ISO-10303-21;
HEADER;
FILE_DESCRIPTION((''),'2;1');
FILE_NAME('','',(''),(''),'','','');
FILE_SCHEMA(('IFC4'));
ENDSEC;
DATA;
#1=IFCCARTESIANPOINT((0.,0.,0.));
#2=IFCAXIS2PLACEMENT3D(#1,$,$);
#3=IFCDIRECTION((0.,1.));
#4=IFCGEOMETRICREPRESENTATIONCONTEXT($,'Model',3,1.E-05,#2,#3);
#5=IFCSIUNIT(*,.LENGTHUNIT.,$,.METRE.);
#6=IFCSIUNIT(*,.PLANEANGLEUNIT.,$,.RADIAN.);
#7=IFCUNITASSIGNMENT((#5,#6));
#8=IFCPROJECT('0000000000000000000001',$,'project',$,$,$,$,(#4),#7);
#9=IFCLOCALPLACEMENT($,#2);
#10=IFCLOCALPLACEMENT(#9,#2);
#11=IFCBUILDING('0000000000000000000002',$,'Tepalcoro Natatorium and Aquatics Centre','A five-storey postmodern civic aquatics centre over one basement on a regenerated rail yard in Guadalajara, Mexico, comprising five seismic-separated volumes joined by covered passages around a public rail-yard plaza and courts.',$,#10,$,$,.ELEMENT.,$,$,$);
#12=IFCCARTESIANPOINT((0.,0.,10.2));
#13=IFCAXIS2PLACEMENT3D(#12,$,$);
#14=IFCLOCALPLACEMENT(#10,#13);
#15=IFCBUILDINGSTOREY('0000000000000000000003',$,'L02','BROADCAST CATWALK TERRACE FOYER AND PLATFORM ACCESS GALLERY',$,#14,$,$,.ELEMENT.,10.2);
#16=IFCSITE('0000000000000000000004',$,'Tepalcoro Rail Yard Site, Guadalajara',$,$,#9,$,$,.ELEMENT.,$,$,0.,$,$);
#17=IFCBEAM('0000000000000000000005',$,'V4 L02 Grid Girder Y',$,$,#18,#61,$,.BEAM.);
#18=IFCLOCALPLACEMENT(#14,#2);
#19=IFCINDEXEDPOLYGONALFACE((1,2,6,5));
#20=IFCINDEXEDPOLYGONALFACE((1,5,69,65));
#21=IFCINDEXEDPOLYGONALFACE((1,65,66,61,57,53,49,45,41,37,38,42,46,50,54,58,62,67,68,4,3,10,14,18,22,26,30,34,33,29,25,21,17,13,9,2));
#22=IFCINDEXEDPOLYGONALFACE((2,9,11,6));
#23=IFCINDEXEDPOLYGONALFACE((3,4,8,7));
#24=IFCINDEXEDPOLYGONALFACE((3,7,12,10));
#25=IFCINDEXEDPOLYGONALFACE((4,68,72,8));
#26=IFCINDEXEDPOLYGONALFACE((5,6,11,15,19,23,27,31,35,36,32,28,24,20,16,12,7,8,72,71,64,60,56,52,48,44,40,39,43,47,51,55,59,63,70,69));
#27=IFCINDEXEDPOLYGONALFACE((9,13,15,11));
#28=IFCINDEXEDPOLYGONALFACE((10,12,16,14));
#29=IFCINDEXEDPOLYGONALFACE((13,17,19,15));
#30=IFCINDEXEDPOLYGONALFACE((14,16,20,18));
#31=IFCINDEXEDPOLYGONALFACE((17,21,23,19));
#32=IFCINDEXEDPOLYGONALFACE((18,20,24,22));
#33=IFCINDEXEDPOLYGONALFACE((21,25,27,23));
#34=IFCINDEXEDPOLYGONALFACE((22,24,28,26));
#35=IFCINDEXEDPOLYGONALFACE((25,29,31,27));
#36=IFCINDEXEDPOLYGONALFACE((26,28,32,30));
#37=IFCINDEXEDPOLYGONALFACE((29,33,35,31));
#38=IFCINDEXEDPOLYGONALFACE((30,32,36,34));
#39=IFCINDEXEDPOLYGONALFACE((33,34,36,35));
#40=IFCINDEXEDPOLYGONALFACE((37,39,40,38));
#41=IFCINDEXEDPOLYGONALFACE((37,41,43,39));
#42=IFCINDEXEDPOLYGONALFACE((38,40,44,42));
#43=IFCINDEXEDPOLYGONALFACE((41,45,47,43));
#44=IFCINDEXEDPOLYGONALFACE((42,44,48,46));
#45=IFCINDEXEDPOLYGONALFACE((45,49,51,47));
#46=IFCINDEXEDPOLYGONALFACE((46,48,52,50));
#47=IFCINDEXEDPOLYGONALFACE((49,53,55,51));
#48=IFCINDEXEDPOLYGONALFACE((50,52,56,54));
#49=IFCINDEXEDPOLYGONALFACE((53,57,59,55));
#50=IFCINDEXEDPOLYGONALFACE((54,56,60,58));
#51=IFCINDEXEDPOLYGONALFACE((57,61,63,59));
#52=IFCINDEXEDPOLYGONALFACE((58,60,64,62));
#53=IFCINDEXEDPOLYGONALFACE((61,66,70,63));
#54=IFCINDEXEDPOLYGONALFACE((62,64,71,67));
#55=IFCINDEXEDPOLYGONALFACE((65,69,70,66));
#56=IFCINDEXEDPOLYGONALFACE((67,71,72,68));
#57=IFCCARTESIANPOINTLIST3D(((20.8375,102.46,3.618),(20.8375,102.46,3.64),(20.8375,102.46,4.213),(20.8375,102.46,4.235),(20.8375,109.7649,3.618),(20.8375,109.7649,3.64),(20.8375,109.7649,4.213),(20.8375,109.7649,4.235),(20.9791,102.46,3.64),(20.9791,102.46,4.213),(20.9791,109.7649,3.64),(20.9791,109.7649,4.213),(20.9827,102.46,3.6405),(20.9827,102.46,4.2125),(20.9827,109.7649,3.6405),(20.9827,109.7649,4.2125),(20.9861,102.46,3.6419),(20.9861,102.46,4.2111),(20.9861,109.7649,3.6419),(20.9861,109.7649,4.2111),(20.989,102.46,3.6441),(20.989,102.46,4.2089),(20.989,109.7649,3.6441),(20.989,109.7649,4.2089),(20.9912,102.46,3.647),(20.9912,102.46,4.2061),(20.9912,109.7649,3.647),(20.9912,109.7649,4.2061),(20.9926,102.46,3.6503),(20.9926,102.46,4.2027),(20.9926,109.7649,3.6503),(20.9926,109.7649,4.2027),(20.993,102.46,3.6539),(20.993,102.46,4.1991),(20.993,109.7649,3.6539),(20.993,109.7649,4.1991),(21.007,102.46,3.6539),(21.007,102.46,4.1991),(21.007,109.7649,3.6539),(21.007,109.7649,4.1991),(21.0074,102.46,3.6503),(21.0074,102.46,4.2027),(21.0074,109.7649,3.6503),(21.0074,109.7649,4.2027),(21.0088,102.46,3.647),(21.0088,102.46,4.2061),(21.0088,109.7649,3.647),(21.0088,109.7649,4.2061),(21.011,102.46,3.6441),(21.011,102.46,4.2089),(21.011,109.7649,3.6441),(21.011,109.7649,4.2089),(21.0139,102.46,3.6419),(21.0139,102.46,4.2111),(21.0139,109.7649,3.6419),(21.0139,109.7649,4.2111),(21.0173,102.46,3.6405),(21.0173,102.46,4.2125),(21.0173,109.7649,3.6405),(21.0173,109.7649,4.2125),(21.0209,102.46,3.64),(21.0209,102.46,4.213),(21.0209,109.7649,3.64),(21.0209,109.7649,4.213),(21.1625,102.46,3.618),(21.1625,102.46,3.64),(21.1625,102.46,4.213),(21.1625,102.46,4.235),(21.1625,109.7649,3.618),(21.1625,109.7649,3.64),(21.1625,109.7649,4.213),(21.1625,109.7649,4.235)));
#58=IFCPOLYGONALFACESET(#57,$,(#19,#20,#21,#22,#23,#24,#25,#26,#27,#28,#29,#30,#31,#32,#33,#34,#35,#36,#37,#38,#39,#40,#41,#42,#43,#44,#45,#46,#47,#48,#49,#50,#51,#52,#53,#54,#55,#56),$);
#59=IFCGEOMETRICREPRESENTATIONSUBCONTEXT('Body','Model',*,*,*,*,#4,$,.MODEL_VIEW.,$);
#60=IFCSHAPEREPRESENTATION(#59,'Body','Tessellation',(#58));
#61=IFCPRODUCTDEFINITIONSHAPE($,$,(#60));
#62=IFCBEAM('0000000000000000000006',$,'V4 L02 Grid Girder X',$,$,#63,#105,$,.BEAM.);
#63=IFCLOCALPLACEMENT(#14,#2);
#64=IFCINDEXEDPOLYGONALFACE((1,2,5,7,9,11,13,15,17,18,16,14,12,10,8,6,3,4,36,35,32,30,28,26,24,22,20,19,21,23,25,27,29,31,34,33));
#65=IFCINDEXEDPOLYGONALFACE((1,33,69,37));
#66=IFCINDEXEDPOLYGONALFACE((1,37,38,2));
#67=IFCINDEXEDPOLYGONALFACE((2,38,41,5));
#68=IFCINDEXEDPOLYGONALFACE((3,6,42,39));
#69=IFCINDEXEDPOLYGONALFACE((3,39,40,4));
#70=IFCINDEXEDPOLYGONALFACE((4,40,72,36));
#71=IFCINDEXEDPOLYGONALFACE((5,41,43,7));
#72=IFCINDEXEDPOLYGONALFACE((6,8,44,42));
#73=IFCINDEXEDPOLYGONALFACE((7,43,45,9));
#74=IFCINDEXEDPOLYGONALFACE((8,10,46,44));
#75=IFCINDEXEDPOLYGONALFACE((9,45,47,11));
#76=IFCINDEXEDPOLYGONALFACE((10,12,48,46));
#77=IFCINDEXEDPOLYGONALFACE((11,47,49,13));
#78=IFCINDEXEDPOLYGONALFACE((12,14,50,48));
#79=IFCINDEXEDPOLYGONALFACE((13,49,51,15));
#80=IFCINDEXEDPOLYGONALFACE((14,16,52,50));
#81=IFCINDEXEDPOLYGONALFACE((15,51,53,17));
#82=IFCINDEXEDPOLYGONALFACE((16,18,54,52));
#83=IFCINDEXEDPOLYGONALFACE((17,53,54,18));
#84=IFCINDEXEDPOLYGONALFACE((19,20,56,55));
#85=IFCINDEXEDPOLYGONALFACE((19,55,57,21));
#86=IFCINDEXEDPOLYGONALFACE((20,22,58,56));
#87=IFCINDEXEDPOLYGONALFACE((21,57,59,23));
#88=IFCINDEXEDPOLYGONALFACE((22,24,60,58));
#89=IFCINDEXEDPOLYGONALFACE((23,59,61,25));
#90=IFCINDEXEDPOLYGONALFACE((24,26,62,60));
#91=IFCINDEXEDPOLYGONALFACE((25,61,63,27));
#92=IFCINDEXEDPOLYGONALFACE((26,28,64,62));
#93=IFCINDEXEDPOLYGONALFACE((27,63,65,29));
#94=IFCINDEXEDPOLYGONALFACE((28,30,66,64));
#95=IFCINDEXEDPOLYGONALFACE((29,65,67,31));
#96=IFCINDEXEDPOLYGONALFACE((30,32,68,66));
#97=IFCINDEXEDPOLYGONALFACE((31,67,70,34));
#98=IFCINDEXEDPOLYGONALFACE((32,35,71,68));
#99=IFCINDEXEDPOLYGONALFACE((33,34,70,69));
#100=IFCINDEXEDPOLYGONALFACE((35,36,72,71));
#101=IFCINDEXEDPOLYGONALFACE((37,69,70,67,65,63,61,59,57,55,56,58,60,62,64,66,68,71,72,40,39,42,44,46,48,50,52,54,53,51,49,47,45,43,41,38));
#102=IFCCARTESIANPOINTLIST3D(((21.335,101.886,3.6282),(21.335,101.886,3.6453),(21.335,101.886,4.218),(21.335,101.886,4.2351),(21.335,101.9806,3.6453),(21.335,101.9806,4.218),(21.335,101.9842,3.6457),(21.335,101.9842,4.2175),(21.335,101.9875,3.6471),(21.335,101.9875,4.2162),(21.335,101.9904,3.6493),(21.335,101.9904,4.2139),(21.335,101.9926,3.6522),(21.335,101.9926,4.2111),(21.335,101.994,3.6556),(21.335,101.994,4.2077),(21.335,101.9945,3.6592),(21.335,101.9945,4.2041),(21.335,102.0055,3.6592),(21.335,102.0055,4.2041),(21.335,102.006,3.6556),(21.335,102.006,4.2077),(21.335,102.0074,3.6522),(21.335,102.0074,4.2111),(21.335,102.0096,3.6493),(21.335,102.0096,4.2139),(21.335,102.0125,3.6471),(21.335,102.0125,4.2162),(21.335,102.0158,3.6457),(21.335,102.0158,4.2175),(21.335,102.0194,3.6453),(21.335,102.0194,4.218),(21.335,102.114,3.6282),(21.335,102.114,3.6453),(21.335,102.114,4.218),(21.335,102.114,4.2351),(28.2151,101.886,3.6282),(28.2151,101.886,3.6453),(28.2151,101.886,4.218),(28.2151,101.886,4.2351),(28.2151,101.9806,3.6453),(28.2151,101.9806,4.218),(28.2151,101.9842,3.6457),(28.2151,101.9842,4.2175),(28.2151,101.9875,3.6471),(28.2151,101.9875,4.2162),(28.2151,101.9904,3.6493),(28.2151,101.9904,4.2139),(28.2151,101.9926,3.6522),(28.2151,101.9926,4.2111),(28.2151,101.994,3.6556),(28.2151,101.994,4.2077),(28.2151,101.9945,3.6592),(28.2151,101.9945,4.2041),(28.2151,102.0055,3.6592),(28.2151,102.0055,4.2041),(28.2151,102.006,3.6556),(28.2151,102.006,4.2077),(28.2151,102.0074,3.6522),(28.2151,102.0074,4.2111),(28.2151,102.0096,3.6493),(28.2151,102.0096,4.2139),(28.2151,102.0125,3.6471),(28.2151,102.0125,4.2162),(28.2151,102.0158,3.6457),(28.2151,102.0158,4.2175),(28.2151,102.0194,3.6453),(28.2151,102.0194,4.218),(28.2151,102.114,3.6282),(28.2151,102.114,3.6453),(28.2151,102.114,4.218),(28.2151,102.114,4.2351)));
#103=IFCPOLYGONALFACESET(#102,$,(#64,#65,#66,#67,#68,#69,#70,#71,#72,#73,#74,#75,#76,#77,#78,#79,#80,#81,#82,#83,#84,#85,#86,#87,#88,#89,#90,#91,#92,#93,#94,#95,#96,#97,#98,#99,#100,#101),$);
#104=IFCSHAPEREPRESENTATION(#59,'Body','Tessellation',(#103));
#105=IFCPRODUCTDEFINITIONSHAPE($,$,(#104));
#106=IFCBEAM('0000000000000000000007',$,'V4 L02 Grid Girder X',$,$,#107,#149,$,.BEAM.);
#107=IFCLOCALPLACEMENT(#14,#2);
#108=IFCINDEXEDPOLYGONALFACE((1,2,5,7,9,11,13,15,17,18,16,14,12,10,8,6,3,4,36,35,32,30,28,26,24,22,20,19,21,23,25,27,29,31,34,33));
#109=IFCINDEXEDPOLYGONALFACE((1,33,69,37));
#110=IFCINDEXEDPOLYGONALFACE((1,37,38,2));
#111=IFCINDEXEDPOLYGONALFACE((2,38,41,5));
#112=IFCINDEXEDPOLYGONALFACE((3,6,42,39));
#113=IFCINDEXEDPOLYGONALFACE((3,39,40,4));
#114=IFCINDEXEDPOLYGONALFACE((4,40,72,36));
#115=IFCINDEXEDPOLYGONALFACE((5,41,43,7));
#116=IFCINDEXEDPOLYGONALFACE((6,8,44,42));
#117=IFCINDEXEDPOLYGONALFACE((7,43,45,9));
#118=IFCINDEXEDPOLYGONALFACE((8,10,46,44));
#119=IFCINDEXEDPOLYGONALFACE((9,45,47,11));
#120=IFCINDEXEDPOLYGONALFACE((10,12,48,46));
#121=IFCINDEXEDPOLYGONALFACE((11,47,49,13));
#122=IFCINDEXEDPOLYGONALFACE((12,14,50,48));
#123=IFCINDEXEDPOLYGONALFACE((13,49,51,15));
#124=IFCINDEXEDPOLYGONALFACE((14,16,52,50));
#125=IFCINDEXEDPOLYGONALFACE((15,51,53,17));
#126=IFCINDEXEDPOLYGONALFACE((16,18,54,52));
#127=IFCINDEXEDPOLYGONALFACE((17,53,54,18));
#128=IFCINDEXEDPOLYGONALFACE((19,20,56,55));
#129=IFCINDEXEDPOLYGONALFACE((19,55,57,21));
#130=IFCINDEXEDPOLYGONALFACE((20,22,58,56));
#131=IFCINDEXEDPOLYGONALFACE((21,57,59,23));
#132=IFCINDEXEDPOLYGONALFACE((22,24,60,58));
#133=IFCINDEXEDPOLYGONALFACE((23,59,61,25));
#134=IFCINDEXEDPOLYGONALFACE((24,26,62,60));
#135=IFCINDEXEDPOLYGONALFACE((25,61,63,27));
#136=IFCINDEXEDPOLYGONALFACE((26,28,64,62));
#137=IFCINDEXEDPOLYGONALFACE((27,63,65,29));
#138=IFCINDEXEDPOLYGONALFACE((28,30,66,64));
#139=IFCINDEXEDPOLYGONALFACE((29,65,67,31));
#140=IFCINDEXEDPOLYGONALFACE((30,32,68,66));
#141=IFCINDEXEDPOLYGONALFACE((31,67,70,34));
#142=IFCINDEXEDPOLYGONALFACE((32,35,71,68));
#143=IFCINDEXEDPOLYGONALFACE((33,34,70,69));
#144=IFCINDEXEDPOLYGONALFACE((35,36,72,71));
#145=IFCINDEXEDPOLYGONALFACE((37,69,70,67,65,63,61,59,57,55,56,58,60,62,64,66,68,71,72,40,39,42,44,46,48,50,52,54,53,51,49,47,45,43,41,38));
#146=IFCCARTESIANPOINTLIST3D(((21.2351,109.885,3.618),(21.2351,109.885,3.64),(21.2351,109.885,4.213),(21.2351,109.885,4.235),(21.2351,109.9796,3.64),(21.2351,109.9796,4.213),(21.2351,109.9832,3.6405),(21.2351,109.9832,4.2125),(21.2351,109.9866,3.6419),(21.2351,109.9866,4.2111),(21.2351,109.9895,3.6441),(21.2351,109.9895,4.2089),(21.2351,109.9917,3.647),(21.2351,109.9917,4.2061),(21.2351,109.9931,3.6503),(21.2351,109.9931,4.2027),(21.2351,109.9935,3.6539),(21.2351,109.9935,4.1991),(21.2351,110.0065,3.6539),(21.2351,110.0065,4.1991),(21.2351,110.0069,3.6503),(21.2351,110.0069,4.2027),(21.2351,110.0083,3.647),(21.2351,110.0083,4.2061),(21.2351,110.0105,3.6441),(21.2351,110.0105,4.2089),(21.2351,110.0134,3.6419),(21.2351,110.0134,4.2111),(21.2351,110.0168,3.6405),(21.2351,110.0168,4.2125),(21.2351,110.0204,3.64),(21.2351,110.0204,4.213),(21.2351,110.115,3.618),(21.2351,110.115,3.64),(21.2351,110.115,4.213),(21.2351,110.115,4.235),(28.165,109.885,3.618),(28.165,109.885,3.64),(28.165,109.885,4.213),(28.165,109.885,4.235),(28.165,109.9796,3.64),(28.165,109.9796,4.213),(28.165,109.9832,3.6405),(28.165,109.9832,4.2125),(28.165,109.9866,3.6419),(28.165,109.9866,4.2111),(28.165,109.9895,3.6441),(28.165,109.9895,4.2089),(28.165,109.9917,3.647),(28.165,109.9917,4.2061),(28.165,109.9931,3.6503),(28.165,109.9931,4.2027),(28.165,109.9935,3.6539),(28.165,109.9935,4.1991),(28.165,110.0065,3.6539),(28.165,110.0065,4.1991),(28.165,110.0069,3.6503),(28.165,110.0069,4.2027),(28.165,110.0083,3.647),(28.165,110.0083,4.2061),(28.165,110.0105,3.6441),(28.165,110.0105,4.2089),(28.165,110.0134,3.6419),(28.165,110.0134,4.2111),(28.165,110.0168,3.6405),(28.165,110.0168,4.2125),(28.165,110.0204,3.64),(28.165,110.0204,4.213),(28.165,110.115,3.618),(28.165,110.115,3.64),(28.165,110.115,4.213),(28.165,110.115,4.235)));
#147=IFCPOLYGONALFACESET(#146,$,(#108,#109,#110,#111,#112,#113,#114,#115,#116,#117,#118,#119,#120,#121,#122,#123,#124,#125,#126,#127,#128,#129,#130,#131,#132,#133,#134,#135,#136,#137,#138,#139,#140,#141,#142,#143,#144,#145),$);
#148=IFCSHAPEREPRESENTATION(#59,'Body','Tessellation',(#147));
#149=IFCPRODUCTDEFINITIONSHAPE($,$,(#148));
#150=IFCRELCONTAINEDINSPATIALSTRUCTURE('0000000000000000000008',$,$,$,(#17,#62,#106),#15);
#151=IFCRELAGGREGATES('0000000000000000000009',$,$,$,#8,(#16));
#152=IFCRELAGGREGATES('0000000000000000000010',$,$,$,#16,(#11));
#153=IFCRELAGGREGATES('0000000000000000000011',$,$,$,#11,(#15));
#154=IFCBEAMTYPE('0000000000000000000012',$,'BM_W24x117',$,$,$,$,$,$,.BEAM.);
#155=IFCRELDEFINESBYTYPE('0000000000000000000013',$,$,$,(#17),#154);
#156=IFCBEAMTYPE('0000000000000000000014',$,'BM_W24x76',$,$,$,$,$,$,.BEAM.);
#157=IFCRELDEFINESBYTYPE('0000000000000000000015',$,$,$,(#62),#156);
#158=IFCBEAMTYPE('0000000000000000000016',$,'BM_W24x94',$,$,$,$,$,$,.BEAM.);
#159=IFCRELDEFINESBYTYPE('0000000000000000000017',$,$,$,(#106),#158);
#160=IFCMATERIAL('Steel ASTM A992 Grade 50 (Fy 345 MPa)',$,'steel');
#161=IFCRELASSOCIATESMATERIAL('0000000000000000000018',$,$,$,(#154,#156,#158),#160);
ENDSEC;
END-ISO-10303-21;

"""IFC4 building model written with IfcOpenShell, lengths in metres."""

from ifc_helpers import new_model, si_unit, direction, frame, origin, origin_2d, place, context, subcontext, project, spatial, i_section, extrude, material, material_profile, profile_set, type_object, element, save


model = new_model("IFC4")

# Units and contexts
model_context = context("Model", 3, precision=1e-05, world=origin(), true_north=direction((0.0, 1.0)))
body_context = subcontext(model_context, "Body", "Model", "MODEL_VIEW")
ifc_project = project(units=[si_unit("LENGTHUNIT", "METRE"), si_unit("PLANEANGLEUNIT", "RADIAN")], contexts=[model_context])

# Site, building, storey
site_placement = place(None, origin())
site = spatial("IfcSite", under=ifc_project, at=site_placement, Name="Tepalcoro Rail Yard Site, Guadalajara", CompositionType="ELEMENT", RefElevation=0.0)
building_placement = place(site_placement, origin())
building = spatial("IfcBuilding", under=site, at=building_placement, Name="Tepalcoro Natatorium and Aquatics Centre", Description="A five-storey postmodern civic aquatics centre over one basement on a regenerated rail yard in Guadalajara, Mexico, comprising five seismic-separated volumes joined by covered passages around a public rail-yard plaza and courts.", CompositionType="ELEMENT")
storey_placement = place(building_placement, frame((0.0, 0.0, 10.2)))
storey = spatial("IfcBuildingStorey", under=building, at=storey_placement, Name="L02", Description="BROADCAST CATWALK TERRACE FOYER AND PLATFORM ACCESS GALLERY", CompositionType="ELEMENT", Elevation=10.2)

# Beams
ifc_material_1 = material(Name="Steel ASTM A992 Grade 50 (Fy 345 MPa)", Category="steel")
ifc_material_profile_1 = material_profile(ifc_material_1, i_section(OverallWidth=0.325, OverallDepth=0.6169, WebThickness=0.0139, FlangeThickness=0.022, FilletRadius=0.0139, at=origin_2d()), Name="W24X117")
ifc_profile_set_1 = profile_set([ifc_material_profile_1], Name="Steel ASTM A992 Grade 50 (Fy 345 MPa)")
beam_type_1 = type_object("IfcBeamType", Name="BM_W24x117", PredefinedType="BEAM", material=ifc_profile_set_1)
beam_1_placement = place(storey_placement, frame((21.0, 102.46, 3.9265), z_axis=(0.0, 1.0, 0.0), x_axis=(-1.0, 0.0, 0.0)))
element("IfcBeam", 1, at=beam_1_placement, inside=storey, type_object=beam_type_1, Name="V4 L02 Grid Girder Y", PredefinedType="BEAM", context=body_context, shape_type="SweptSolid", body=[
    extrude(i_section(OverallWidth=0.325, OverallDepth=0.6169, WebThickness=0.0139, FlangeThickness=0.022, FilletRadius=0.0139, at=origin_2d()), origin(), (0.0, 0.0, 1.0), 7.3049),
])
ifc_material_profile_2 = material_profile(ifc_material_1, i_section(OverallWidth=0.228, OverallDepth=0.6069, WebThickness=0.011, FlangeThickness=0.0171, FilletRadius=0.0139, at=origin_2d()), Name="W24X76")
ifc_profile_set_2 = profile_set([ifc_material_profile_2], Name="Steel ASTM A992 Grade 50 (Fy 345 MPa)")
beam_type_2 = type_object("IfcBeamType", Name="BM_W24x76", PredefinedType="BEAM", material=ifc_profile_set_2)
beam_2_placement = place(storey_placement, frame((21.335, 102.0, 3.9316), z_axis=(1.0, 0.0, 0.0), x_axis=(0.0, 1.0, 0.0)))
element("IfcBeam", 2, at=beam_2_placement, inside=storey, type_object=beam_type_2, Name="V4 L02 Grid Girder X", PredefinedType="BEAM", context=body_context, shape_type="SweptSolid", body=[
    extrude(i_section(OverallWidth=0.228, OverallDepth=0.6069, WebThickness=0.011, FlangeThickness=0.0171, FilletRadius=0.0139, at=origin_2d()), origin(), (0.0, 0.0, 1.0), 6.8801),
])
ifc_material_profile_3 = material_profile(ifc_material_1, i_section(OverallWidth=0.23, OverallDepth=0.6169, WebThickness=0.0129, FlangeThickness=0.022, FilletRadius=0.0139, at=origin_2d()), Name="W24X94")
ifc_profile_set_3 = profile_set([ifc_material_profile_3], Name="Steel ASTM A992 Grade 50 (Fy 345 MPa)")
beam_type_3 = type_object("IfcBeamType", Name="BM_W24x94", PredefinedType="BEAM", material=ifc_profile_set_3)
beam_3_placement = place(storey_placement, frame((21.2351, 110.0, 3.9265), z_axis=(1.0, 0.0, 0.0), x_axis=(0.0, 1.0, 0.0)))
element("IfcBeam", 3, at=beam_3_placement, inside=storey, type_object=beam_type_3, Name="V4 L02 Grid Girder X", PredefinedType="BEAM", context=body_context, shape_type="SweptSolid", body=[
    extrude(i_section(OverallWidth=0.23, OverallDepth=0.6169, WebThickness=0.0129, FlangeThickness=0.022, FilletRadius=0.0139, at=origin_2d()), origin(), (0.0, 0.0, 1.0), 6.9299),
])

save(model, "model.ifc")
